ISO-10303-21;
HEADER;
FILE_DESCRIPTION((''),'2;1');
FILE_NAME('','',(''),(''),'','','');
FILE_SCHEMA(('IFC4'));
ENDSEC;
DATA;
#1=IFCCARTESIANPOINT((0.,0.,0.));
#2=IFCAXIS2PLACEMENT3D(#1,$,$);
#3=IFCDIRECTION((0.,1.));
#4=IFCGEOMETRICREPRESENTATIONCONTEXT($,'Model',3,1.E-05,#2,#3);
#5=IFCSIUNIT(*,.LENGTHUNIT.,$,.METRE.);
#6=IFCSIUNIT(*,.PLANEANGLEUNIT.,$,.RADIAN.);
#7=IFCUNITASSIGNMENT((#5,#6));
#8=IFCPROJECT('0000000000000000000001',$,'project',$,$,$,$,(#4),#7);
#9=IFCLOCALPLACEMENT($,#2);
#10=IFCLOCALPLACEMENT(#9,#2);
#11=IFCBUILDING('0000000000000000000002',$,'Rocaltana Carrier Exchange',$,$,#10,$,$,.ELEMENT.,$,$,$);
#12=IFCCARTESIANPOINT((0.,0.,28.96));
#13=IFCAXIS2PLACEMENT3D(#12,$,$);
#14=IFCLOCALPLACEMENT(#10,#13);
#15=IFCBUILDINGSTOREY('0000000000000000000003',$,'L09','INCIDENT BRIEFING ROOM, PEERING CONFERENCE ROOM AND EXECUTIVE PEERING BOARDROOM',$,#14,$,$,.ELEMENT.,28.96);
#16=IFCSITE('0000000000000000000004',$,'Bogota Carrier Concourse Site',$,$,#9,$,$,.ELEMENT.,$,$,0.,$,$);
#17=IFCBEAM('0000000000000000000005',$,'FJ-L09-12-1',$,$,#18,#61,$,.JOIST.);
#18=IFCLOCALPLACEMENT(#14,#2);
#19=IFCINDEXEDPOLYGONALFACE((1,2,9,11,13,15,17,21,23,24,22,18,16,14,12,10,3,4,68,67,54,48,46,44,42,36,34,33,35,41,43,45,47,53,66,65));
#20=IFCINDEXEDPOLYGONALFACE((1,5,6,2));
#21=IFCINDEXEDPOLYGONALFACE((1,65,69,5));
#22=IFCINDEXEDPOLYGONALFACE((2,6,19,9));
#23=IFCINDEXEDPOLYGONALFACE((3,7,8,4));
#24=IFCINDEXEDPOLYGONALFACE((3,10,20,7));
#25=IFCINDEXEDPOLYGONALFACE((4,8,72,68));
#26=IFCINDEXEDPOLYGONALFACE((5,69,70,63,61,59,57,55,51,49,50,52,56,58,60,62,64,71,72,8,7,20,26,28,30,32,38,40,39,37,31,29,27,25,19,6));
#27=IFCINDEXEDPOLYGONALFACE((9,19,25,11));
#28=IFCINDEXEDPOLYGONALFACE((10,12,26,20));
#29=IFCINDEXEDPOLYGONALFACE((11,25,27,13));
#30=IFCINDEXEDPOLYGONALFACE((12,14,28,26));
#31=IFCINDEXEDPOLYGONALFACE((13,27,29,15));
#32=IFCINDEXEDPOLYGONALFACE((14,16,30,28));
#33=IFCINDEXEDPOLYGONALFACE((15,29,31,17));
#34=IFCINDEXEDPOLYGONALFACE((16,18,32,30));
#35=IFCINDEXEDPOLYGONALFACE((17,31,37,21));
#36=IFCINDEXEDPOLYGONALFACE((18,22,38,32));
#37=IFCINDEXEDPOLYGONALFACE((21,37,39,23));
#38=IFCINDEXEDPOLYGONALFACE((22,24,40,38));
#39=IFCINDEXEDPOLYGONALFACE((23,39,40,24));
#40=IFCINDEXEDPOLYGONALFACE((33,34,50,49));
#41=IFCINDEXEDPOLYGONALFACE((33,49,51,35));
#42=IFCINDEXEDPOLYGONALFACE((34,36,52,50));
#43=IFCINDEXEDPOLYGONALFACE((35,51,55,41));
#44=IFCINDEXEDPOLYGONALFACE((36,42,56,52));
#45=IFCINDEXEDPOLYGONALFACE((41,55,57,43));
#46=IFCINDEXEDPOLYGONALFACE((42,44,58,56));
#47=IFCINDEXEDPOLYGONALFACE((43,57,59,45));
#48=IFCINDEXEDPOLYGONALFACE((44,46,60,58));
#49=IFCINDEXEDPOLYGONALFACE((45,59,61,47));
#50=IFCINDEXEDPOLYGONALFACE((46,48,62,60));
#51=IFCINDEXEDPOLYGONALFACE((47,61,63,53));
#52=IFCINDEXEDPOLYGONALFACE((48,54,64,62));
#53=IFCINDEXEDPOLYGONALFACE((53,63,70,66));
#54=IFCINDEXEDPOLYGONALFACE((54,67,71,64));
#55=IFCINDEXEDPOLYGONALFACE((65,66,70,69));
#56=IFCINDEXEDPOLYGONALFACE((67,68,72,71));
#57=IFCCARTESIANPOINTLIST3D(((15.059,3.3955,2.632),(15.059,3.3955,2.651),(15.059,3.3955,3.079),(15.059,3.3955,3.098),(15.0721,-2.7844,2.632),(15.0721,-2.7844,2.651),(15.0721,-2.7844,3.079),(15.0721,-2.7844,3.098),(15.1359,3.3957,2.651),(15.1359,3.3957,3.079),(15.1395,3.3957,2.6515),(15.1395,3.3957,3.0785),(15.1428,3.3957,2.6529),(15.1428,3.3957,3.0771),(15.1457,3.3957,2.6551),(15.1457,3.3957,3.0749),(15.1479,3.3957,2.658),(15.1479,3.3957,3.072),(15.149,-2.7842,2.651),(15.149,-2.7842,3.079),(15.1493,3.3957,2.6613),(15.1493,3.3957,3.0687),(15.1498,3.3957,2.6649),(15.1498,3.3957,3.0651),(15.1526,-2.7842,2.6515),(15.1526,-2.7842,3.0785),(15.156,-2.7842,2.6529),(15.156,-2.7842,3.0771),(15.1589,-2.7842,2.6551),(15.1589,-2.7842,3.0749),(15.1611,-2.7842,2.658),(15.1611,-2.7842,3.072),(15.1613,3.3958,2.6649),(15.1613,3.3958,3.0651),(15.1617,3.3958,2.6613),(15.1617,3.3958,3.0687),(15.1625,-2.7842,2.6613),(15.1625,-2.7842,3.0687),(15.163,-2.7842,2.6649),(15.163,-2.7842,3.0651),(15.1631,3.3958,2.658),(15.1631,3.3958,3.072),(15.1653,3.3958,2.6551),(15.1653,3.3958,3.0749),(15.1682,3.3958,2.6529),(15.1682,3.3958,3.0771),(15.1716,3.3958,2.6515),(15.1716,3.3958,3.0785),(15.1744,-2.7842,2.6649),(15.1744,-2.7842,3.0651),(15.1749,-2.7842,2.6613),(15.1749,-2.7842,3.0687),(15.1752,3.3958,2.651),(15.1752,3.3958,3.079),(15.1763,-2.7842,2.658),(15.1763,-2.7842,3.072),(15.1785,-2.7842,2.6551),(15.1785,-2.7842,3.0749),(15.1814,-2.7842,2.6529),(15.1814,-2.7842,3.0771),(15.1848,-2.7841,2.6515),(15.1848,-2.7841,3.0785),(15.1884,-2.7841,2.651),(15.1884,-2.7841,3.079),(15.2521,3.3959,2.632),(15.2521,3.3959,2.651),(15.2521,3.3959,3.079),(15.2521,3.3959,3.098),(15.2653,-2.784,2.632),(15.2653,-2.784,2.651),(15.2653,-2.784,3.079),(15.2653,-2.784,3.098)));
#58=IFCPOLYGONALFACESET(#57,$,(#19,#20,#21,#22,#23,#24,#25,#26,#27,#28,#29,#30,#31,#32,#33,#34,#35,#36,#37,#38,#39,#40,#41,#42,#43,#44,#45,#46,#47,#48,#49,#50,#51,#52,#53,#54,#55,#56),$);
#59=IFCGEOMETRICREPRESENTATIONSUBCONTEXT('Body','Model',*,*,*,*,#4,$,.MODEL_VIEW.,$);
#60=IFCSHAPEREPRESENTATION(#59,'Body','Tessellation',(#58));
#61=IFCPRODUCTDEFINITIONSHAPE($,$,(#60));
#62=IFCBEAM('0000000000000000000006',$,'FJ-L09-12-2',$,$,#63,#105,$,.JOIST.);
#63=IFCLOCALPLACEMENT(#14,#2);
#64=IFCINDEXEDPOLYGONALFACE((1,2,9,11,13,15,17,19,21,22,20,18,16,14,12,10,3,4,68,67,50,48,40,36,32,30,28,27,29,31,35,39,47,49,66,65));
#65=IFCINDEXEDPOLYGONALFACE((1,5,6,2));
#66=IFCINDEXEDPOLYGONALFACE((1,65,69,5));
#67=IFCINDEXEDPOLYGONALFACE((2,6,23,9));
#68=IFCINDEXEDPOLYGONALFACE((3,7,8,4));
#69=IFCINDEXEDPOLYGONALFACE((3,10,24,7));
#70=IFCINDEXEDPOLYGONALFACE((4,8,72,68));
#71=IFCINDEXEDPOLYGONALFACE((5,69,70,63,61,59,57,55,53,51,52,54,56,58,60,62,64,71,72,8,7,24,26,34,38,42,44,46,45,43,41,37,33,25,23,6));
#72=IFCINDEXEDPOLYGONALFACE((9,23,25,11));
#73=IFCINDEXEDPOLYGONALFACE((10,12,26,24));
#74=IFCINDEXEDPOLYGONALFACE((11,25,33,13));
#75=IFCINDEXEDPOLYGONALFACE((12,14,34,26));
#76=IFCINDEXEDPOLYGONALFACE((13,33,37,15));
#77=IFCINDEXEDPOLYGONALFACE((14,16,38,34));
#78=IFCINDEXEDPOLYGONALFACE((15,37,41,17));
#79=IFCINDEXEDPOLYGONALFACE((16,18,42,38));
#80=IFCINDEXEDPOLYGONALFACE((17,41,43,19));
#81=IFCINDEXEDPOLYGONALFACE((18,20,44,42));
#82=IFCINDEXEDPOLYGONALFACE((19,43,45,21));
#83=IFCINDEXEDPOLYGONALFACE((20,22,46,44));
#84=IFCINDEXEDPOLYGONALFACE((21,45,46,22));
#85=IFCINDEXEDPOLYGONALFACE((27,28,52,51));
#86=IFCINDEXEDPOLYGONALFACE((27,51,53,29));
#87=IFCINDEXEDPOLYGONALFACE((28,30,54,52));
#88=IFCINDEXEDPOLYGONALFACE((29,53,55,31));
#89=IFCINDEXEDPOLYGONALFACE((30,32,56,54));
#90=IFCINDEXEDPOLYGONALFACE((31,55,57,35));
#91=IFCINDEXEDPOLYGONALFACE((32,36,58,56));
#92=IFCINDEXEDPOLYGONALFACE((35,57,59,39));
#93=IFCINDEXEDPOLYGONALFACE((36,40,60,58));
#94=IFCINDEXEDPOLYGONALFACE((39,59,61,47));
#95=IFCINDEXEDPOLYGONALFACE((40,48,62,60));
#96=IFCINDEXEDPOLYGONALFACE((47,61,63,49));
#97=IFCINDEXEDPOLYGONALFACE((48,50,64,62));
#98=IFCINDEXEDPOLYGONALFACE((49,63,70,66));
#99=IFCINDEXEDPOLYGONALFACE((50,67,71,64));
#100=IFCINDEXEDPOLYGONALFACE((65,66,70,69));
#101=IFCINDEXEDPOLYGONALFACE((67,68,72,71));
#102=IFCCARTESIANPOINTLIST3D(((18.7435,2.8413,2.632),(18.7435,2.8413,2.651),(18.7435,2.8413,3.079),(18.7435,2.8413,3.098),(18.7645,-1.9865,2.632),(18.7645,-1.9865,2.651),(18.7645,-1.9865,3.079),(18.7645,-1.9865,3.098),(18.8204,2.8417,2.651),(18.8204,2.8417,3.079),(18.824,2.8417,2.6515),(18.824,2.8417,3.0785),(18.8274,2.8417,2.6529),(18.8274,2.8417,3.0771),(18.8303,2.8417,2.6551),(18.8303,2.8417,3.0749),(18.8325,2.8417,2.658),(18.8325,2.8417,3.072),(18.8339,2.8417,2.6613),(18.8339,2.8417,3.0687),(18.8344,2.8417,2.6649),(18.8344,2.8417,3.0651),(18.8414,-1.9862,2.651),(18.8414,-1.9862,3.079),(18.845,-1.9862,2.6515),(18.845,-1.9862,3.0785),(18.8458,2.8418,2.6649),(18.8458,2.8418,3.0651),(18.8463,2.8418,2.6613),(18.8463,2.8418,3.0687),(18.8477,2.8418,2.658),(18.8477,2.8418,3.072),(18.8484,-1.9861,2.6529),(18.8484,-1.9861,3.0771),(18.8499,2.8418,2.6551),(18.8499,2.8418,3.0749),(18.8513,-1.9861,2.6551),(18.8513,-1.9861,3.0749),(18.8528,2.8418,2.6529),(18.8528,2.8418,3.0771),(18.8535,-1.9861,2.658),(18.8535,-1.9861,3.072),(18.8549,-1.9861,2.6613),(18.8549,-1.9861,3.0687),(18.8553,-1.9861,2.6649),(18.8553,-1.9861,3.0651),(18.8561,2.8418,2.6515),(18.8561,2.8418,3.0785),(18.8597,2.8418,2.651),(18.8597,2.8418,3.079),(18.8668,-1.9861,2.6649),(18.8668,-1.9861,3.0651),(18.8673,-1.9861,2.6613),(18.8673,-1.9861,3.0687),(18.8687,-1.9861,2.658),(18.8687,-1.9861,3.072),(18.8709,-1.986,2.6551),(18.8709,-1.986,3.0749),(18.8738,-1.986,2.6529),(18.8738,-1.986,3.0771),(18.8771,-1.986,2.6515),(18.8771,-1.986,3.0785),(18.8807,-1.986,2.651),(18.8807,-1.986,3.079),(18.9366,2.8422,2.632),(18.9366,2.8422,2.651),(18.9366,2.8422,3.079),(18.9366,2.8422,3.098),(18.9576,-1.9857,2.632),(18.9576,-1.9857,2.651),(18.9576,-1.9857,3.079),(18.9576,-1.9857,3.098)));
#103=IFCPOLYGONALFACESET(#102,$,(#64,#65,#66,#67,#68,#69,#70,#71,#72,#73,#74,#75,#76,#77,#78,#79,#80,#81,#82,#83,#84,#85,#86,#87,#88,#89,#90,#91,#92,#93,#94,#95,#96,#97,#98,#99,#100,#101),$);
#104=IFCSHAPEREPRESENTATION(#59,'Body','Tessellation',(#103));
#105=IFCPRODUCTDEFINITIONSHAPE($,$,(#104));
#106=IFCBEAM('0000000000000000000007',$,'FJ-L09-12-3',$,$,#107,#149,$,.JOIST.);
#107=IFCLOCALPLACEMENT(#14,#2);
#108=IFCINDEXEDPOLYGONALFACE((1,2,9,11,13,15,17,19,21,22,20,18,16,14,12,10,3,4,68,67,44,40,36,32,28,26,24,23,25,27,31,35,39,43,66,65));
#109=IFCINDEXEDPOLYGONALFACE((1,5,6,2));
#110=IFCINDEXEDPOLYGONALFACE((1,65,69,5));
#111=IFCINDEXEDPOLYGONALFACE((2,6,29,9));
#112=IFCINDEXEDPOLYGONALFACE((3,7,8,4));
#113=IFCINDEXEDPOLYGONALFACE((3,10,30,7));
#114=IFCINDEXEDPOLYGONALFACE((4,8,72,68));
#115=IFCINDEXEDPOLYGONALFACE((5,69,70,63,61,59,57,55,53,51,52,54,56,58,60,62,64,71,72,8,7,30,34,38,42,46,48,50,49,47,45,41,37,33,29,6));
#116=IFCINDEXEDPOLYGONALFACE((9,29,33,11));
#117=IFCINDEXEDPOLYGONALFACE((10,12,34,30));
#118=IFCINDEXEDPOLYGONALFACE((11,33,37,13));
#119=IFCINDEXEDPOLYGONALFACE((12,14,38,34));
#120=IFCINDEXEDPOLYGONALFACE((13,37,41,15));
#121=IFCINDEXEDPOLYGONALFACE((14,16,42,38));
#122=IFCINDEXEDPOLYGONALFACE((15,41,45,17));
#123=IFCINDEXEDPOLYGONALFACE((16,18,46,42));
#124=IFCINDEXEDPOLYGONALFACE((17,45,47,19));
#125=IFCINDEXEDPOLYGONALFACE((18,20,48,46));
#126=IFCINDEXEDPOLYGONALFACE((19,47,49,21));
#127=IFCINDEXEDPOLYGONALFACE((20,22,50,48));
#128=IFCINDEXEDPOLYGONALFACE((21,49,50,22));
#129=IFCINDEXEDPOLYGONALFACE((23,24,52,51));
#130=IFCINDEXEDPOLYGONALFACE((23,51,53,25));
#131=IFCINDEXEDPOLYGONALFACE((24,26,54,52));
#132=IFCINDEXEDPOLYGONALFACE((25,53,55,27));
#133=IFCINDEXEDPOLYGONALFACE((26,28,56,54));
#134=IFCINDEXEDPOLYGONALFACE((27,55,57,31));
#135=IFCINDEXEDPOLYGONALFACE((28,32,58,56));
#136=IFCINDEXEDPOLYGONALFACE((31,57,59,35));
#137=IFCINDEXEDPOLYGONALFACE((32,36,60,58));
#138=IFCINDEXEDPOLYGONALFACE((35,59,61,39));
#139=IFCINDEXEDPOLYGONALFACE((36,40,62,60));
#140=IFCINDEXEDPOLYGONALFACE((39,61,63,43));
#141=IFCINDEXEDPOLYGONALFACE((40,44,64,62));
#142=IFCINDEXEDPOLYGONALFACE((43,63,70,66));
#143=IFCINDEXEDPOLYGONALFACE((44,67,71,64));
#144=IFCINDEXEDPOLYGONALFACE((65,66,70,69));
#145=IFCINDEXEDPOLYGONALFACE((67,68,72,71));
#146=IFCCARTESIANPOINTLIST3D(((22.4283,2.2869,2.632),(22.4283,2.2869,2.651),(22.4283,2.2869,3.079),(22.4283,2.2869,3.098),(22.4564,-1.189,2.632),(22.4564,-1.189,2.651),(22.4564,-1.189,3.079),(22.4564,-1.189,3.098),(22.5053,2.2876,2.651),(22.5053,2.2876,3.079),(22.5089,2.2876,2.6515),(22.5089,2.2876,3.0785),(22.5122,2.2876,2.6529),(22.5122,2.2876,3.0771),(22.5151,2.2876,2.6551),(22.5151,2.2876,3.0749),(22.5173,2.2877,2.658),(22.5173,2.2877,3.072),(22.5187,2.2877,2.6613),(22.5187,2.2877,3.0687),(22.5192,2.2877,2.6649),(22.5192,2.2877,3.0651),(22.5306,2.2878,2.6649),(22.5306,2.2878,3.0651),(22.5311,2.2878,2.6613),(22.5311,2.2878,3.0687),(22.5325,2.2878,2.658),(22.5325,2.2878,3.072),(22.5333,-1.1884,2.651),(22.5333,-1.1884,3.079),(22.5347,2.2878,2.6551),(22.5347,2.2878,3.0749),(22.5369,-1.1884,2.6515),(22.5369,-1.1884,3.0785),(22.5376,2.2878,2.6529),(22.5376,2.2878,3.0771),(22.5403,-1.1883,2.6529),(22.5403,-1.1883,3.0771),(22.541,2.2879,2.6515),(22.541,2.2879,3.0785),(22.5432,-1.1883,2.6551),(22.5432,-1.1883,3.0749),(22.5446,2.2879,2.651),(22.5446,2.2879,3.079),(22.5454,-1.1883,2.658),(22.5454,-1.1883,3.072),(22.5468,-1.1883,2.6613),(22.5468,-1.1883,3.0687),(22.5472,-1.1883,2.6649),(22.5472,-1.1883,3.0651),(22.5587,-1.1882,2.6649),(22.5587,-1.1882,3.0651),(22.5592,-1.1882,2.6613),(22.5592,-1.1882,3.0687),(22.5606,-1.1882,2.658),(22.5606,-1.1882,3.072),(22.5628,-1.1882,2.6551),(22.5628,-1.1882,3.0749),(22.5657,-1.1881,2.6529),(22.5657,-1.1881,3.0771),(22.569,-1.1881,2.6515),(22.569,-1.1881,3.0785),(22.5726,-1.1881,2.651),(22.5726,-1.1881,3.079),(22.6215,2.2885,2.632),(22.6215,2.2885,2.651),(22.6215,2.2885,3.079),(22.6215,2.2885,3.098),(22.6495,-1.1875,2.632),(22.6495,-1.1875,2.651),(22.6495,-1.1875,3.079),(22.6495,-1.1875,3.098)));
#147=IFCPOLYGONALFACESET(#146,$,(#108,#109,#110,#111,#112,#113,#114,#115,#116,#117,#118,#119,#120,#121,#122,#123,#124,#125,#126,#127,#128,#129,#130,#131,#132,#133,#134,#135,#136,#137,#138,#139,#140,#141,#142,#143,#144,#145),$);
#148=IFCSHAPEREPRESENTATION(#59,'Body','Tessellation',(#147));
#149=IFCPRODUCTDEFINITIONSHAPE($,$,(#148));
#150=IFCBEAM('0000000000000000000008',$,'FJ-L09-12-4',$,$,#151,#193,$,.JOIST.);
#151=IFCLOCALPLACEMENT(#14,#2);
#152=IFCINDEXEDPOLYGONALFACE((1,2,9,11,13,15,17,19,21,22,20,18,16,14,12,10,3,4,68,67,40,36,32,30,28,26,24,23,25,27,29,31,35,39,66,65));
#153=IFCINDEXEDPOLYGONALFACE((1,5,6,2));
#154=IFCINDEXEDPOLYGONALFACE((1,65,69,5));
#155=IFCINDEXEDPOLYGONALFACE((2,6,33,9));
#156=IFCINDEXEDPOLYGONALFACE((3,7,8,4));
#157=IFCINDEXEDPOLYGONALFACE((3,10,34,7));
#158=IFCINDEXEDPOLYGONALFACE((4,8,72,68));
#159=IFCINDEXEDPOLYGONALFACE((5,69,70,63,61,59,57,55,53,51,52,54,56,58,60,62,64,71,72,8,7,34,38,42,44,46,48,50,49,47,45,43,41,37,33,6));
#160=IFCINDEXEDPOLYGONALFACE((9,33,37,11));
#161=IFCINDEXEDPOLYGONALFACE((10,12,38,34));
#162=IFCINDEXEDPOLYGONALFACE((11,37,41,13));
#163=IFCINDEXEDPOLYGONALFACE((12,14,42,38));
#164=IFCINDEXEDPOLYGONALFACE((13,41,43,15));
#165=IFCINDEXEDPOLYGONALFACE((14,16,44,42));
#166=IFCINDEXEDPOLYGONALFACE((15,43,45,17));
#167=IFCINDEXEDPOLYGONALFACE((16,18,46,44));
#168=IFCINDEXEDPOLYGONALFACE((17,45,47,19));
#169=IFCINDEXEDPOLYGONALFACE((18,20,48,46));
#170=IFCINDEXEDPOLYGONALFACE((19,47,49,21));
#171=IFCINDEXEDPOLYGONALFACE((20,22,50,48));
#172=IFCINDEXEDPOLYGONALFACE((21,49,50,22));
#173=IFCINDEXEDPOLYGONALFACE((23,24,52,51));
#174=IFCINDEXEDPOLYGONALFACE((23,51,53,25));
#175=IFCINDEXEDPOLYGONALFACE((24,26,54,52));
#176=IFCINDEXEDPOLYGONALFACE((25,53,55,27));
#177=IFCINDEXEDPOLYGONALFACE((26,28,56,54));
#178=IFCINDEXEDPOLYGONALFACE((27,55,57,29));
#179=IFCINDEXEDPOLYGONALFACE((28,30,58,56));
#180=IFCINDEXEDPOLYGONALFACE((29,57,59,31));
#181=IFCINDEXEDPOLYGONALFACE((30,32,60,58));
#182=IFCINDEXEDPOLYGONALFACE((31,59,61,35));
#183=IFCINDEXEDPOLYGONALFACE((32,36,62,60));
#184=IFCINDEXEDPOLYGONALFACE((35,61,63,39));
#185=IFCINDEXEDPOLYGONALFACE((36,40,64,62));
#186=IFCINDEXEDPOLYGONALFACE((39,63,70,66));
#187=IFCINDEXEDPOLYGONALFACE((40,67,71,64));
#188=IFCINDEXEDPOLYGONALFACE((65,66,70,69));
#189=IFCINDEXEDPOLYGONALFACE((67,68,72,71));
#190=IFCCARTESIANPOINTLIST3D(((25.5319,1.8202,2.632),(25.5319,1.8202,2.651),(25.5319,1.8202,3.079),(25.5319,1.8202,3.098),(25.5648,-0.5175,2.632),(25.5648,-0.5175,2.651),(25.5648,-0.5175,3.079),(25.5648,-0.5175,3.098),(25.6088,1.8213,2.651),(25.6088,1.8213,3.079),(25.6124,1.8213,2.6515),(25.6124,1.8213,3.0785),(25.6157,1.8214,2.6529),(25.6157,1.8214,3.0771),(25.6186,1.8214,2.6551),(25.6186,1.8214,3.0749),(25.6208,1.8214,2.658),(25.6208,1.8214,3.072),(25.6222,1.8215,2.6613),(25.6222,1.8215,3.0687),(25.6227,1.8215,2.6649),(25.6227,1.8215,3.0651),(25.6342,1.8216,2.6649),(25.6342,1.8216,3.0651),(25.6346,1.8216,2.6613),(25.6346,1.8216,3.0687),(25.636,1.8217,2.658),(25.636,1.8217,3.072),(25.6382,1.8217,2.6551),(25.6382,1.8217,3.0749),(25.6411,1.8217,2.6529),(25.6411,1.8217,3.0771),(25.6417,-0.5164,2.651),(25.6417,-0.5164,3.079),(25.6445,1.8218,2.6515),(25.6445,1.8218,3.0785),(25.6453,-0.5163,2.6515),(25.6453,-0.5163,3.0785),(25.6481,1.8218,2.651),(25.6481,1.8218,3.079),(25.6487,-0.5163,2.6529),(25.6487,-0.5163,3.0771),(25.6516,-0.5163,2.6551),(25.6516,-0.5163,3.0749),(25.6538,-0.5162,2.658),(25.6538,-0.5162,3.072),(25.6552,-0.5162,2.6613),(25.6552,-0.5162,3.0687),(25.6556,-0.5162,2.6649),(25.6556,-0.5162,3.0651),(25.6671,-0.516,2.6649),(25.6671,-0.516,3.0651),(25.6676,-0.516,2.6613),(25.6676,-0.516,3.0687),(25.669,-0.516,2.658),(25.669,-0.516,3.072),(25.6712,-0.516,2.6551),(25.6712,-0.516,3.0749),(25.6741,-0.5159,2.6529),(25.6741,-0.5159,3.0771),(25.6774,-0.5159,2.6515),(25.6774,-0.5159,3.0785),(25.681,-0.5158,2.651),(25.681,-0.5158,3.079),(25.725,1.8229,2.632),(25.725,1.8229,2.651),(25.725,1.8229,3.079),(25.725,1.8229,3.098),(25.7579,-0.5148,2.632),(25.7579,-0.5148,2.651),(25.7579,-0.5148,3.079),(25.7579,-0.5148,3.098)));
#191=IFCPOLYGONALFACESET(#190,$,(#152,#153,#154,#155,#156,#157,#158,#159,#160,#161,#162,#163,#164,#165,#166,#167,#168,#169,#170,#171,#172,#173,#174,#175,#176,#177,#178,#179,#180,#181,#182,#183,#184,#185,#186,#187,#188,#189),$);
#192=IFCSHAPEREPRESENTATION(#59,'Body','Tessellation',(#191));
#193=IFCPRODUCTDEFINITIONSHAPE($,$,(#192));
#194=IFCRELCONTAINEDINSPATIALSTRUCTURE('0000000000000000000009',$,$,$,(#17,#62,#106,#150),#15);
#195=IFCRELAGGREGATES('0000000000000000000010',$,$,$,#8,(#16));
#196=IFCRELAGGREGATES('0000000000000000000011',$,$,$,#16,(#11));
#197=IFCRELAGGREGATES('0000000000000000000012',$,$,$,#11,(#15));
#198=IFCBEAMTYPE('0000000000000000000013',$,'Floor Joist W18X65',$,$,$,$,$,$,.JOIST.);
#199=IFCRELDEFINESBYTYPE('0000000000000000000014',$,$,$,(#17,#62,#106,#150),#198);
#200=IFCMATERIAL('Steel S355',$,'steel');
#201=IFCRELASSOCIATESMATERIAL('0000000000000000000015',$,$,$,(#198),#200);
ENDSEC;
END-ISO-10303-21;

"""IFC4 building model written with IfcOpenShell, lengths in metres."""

from ifc_helpers import new_model, si_unit, direction, frame, origin, origin_2d, place, context, subcontext, project, spatial, i_section, extrude, material, material_profile, profile_set, type_object, element, save


model = new_model("IFC4")

# Units and contexts
model_context = context("Model", 3, precision=1e-05, world=origin(), true_north=direction((0.0, 1.0)))
body_context = subcontext(model_context, "Body", "Model", "MODEL_VIEW")
ifc_project = project(units=[si_unit("LENGTHUNIT", "METRE"), si_unit("PLANEANGLEUNIT", "RADIAN")], contexts=[model_context])

# Site, building, storey
site_placement = place(None, origin())
site = spatial("IfcSite", under=ifc_project, at=site_placement, Name="Bogota Carrier Concourse Site", CompositionType="ELEMENT", RefElevation=0.0)
building_placement = place(site_placement, origin())
building = spatial("IfcBuilding", under=site, at=building_placement, Name="Rocaltana Carrier Exchange", CompositionType="ELEMENT")
storey_placement = place(building_placement, frame((0.0, 0.0, 28.96)))
storey = spatial("IfcBuildingStorey", under=building, at=storey_placement, Name="L09", Description="INCIDENT BRIEFING ROOM, PEERING CONFERENCE ROOM AND EXECUTIVE PEERING BOARDROOM", CompositionType="ELEMENT", Elevation=28.96)

# Beams
ifc_material_1 = material(Name="Steel S355", Category="steel")
ifc_material_profile_1 = material_profile(ifc_material_1, i_section(OverallWidth=0.1931, OverallDepth=0.4661, WebThickness=0.0115, FlangeThickness=0.019, FilletRadius=0.0139, at=origin_2d()), Name="W18X65")
ifc_profile_set_1 = profile_set([ifc_material_profile_1], Name="Steel S355")
beam_type_1 = type_object("IfcBeamType", Name="Floor Joist W18X65", PredefinedType="JOIST", material=ifc_profile_set_1)
beam_1_placement = place(storey_placement, frame((15.1687, -2.7842, 2.865), z_axis=(-0.002133, 0.999998, 0.0), x_axis=(-0.999998, -0.002133, 0.0)))
element("IfcBeam", 1, at=beam_1_placement, inside=storey, type_object=beam_type_1, Name="FJ-L09-12-1", PredefinedType="JOIST", context=body_context, shape_type="SweptSolid", body=[
    extrude(i_section(OverallWidth=0.1931, OverallDepth=0.4661, WebThickness=0.0115, FlangeThickness=0.019, FilletRadius=0.0139, at=origin_2d()), origin(), (0.0, 0.0, 1.0), 6.1799),
])
beam_2_placement = place(storey_placement, frame((18.8611, -1.9861, 2.865), z_axis=(-0.004349, 0.999991, 0.0), x_axis=(-0.999991, -0.004349, 0.0)))
element("IfcBeam", 2, at=beam_2_placement, inside=storey, type_object=beam_type_1, Name="FJ-L09-12-2", PredefinedType="JOIST", context=body_context, shape_type="SweptSolid", body=[
    extrude(i_section(OverallWidth=0.1931, OverallDepth=0.4661, WebThickness=0.0115, FlangeThickness=0.019, FilletRadius=0.0139, at=origin_2d()), origin(), (0.0, 0.0, 1.0), 4.8279),
])
beam_3_placement = place(storey_placement, frame((22.553, -1.1882, 2.865), z_axis=(-0.008077, 0.999967, 0.0), x_axis=(-0.999967, -0.008077, 0.0)))
element("IfcBeam", 3, at=beam_3_placement, inside=storey, type_object=beam_type_1, Name="FJ-L09-12-3", PredefinedType="JOIST", context=body_context, shape_type="SweptSolid", body=[
    extrude(i_section(OverallWidth=0.1931, OverallDepth=0.4661, WebThickness=0.0115, FlangeThickness=0.019, FilletRadius=0.0139, at=origin_2d()), origin(), (0.0, 0.0, 1.0), 3.4761),
])
beam_4_placement = place(storey_placement, frame((25.6614, -0.5161, 2.865), z_axis=(-0.014098, 0.999901, 0.0), x_axis=(-0.999901, -0.014098, 0.0)))
element("IfcBeam", 4, at=beam_4_placement, inside=storey, type_object=beam_type_1, Name="FJ-L09-12-4", PredefinedType="JOIST", context=body_context, shape_type="SweptSolid", body=[
    extrude(i_section(OverallWidth=0.1931, OverallDepth=0.4661, WebThickness=0.0115, FlangeThickness=0.019, FilletRadius=0.0139, at=origin_2d()), origin(), (0.0, 0.0, 1.0), 2.3379),
])

save(model, "model.ifc")
